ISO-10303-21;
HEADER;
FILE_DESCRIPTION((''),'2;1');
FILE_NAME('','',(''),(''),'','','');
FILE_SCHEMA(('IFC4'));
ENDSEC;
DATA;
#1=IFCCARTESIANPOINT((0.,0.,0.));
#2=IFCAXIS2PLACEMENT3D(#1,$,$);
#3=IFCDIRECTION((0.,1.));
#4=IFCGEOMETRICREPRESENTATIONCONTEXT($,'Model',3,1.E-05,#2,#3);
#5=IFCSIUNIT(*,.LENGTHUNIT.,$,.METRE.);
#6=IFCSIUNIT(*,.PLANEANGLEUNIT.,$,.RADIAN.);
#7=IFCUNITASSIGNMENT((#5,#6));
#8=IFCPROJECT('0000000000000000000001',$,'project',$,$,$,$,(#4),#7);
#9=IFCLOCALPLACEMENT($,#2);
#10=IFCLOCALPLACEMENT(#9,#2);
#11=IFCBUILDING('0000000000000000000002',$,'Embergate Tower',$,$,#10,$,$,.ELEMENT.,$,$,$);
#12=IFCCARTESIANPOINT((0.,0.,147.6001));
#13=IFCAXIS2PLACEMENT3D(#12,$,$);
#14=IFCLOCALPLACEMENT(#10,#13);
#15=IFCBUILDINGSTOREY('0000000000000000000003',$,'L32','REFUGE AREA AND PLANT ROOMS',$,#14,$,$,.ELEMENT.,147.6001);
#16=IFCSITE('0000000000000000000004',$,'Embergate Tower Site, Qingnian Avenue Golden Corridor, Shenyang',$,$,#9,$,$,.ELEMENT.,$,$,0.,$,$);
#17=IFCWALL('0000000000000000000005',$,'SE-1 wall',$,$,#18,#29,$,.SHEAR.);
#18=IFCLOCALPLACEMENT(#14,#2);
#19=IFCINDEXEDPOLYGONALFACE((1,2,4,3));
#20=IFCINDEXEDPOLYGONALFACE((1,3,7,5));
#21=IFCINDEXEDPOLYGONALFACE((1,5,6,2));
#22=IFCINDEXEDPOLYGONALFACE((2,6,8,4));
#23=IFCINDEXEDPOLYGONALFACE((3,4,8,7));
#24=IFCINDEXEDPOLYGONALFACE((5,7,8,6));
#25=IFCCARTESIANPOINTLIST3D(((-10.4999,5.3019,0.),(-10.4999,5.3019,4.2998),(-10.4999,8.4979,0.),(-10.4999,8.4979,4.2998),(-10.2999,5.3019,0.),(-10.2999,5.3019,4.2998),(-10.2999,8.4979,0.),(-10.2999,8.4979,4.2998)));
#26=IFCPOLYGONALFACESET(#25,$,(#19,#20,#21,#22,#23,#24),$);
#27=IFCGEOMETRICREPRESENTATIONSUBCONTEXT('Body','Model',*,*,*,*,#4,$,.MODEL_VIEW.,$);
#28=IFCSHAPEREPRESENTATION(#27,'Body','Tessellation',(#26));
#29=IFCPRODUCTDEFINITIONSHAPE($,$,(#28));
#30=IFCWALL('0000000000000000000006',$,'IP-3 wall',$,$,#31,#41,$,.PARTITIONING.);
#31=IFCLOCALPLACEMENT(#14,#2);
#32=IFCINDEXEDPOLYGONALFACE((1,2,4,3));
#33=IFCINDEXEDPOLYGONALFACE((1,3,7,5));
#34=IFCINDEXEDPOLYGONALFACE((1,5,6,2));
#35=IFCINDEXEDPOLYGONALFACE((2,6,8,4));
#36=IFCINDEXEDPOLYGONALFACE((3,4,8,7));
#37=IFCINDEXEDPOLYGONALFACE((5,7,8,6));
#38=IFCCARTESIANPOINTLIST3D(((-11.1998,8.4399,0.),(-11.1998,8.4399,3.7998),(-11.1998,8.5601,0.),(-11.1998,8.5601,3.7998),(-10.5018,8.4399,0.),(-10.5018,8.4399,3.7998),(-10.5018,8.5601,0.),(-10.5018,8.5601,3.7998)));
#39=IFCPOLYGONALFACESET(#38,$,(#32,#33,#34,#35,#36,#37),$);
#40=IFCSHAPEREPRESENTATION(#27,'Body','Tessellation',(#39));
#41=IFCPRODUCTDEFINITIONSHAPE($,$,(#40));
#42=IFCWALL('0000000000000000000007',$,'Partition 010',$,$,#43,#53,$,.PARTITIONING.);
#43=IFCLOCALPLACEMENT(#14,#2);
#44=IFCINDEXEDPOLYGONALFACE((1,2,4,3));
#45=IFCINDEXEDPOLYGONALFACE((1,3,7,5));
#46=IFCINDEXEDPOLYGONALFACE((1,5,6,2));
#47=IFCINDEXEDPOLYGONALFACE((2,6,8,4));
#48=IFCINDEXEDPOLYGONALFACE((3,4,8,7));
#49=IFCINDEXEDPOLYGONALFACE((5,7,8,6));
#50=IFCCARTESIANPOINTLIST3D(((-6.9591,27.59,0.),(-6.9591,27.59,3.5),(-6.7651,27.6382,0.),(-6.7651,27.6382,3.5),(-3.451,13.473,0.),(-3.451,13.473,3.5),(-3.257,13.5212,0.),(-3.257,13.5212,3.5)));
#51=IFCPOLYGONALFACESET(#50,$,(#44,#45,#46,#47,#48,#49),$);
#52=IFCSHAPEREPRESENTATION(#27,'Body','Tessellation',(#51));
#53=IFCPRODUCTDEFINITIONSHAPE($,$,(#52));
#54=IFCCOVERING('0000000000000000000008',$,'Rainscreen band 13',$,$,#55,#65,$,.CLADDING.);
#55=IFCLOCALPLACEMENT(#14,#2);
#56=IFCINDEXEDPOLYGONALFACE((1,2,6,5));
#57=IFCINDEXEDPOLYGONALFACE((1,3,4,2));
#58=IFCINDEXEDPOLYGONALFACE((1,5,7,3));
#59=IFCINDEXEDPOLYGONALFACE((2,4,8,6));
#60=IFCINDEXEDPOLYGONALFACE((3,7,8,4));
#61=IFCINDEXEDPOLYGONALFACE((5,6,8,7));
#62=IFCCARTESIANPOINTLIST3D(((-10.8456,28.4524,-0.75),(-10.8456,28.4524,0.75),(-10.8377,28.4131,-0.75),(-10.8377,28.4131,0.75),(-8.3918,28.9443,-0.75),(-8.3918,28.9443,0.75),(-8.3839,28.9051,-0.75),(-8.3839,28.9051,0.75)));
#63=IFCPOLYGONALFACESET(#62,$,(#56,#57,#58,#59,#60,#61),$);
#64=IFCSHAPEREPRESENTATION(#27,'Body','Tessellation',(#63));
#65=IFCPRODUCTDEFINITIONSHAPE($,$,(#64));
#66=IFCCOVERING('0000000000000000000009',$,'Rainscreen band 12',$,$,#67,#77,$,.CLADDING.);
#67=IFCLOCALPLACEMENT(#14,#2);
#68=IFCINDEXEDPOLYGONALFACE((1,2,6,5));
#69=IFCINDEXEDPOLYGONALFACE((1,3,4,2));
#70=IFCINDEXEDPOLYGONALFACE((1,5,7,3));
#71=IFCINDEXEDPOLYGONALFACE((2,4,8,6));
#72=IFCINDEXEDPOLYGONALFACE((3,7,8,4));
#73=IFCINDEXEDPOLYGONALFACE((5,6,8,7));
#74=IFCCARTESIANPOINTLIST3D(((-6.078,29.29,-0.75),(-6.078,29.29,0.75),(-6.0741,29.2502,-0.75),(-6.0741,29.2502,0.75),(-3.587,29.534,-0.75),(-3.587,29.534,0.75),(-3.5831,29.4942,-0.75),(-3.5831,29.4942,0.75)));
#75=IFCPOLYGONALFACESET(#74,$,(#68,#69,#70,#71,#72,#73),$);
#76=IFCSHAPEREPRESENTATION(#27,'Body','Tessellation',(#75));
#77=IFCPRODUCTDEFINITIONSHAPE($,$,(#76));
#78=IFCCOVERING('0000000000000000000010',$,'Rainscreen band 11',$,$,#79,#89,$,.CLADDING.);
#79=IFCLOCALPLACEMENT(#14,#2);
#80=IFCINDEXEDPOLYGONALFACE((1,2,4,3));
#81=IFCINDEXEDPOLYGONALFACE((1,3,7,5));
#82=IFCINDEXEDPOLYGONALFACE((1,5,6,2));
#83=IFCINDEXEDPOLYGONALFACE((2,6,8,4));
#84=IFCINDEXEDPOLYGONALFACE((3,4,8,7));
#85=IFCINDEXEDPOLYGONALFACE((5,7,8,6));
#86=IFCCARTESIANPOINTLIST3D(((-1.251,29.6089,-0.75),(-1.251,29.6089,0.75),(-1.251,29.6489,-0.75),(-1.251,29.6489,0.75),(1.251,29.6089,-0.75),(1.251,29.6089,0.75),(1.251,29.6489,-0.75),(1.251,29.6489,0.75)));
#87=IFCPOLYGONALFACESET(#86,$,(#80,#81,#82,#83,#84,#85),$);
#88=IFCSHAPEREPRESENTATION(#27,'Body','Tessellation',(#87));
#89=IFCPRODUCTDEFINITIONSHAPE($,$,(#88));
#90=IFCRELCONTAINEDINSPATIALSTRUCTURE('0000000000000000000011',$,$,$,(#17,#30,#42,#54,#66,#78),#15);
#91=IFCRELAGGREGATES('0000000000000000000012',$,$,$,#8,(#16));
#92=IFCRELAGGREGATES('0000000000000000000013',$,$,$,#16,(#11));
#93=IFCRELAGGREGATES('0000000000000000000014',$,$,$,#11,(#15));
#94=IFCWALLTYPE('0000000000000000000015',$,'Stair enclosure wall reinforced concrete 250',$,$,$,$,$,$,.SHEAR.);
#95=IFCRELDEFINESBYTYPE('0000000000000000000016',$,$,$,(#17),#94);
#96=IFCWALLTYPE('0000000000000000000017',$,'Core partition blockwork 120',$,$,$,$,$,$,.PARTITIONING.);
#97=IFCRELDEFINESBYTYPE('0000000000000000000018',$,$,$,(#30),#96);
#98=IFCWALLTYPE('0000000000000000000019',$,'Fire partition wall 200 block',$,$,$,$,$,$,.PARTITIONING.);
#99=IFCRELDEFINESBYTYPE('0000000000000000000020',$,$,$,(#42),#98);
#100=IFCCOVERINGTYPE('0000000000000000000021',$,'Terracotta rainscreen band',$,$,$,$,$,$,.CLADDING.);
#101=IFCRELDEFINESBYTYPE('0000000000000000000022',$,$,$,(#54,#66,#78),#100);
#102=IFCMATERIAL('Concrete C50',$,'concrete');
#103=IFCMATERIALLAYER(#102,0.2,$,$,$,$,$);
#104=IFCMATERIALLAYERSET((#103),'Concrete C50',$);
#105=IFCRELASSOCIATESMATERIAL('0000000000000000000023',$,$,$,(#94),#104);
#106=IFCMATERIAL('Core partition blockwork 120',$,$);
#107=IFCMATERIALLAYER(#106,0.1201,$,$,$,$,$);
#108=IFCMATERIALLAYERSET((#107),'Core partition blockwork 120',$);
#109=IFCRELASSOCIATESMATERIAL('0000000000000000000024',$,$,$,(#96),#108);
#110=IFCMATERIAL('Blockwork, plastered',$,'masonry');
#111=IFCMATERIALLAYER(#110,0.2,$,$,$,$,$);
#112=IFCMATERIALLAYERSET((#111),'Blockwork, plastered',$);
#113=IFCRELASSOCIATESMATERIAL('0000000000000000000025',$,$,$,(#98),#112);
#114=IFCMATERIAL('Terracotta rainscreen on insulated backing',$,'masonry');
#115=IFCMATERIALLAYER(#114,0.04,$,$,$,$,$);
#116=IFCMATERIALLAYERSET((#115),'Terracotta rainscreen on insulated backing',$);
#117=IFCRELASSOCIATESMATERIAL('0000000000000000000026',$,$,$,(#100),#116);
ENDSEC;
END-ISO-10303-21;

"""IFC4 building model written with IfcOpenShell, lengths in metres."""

from ifc_helpers import new_model, si_unit, direction, frame, frame_2d, origin, origin_2d, place, context, subcontext, project, spatial, rectangle, extrude, source, transform, mapped, material, layer, layer_set, type_object, element, save


model = new_model("IFC4")

# Units and contexts
model_context = context("Model", 3, precision=1e-05, world=origin(), true_north=direction((0.0, 1.0)))
body_context = subcontext(model_context, "Body", "Model", "MODEL_VIEW")
ifc_project = project(units=[si_unit("LENGTHUNIT", "METRE"), si_unit("PLANEANGLEUNIT", "RADIAN")], contexts=[model_context])

# Site, building, storey
site_placement = place(None, origin())
site = spatial("IfcSite", under=ifc_project, at=site_placement, Name="Embergate Tower Site, Qingnian Avenue Golden Corridor, Shenyang", CompositionType="ELEMENT", RefElevation=0.0)
building_placement = place(site_placement, origin())
building = spatial("IfcBuilding", under=site, at=building_placement, Name="Embergate Tower", CompositionType="ELEMENT")
storey_placement = place(building_placement, frame((0.0, 0.0, 147.6001)))
storey = spatial("IfcBuildingStorey", under=building, at=storey_placement, Name="L32", Description="REFUGE AREA AND PLANT ROOMS", CompositionType="ELEMENT", Elevation=147.6001)

# Walls
ifc_material_1 = material(Name="Concrete C50", Category="concrete")
ifc_layer_1 = layer(ifc_material_1, 0.2)
ifc_layer_set_1 = layer_set([ifc_layer_1], Name="Concrete C50")
wall_type_1 = type_object("IfcWallType", Name="Stair enclosure wall reinforced concrete 250", PredefinedType="SHEAR", material=ifc_layer_set_1)
shared_shape_1 = source(origin(), body_context, "Body", "SweptSolid", [
    extrude(rectangle(XDim=3.196, YDim=0.2, at=frame_2d((1.5981, 0.0))), origin(), (0.0, 0.0, 1.0), 4.2998),
])
wall_1_placement = place(storey_placement, frame((-10.3999, 8.498, 0.0), z_axis=(0.0, 0.0, 1.0), x_axis=(0.0, -1.0, 0.0)))
element("IfcWall", 1, at=wall_1_placement, inside=storey, type_object=wall_type_1, Name="SE-1 wall", PredefinedType="SHEAR", context=body_context, shape_type="MappedRepresentation", body=[
    mapped(shared_shape_1, transform((0.0, 0.0, 0.0))),
])
ifc_material_2 = material(Name="Core partition blockwork 120")
ifc_layer_2 = layer(ifc_material_2, 0.1201)
ifc_layer_set_2 = layer_set([ifc_layer_2], Name="Core partition blockwork 120")
wall_type_2 = type_object("IfcWallType", Name="Core partition blockwork 120", PredefinedType="PARTITIONING", material=ifc_layer_set_2)
shared_shape_2 = source(origin(), body_context, "Body", "SweptSolid", [
    extrude(rectangle(XDim=0.698, YDim=0.1201, at=frame_2d((0.3491, 0.0))), origin(), (0.0, 0.0, 1.0), 3.7998),
])
wall_2_placement = place(storey_placement, frame((-11.2, 8.5, 0.0), z_axis=(0.0, 0.0, 1.0), x_axis=(1.0, 0.0, 0.0)))
element("IfcWall", 2, at=wall_2_placement, inside=storey, type_object=wall_type_2, Name="IP-3 wall", PredefinedType="PARTITIONING", context=body_context, shape_type="MappedRepresentation", body=[
    mapped(shared_shape_2, transform((0.0, 0.0, 0.0))),
])
ifc_material_3 = material(Name="Blockwork, plastered", Category="masonry")
ifc_layer_3 = layer(ifc_material_3, 0.2)
ifc_layer_set_3 = layer_set([ifc_layer_3], Name="Blockwork, plastered")
wall_type_3 = type_object("IfcWallType", Name="Fire partition wall 200 block", PredefinedType="PARTITIONING", material=ifc_layer_set_3)
shared_shape_3 = source(origin(), body_context, "Body", "SweptSolid", [
    extrude(rectangle(XDim=14.5464, YDim=0.2, at=frame_2d((7.2732, 0.0))), origin(), (0.0, 0.0, 1.0), 3.5),
])
wall_3_placement = place(storey_placement, frame((-3.354, 13.4971, 0.0), z_axis=(0.0, 0.0, 1.0), x_axis=(-0.241165, 0.970484, 0.0)))
element("IfcWall", 3, at=wall_3_placement, inside=storey, type_object=wall_type_3, Name="Partition 010", PredefinedType="PARTITIONING", context=body_context, shape_type="MappedRepresentation", body=[
    mapped(shared_shape_3, transform((0.0, 0.0, 0.0))),
])

# Coverings
ifc_material_4 = material(Name="Terracotta rainscreen on insulated backing", Category="masonry")
ifc_layer_4 = layer(ifc_material_4, 0.04)
ifc_layer_set_4 = layer_set([ifc_layer_4], Name="Terracotta rainscreen on insulated backing")
covering_type = type_object("IfcCoveringType", Name="Terracotta rainscreen band", PredefinedType="CLADDING", material=ifc_layer_set_4)
shared_shape_4 = source(origin(), body_context, "Body", "SweptSolid", [
    extrude(rectangle(XDim=2.5027, YDim=0.04, at=origin_2d()), origin(), (0.0, 0.0, 1.0), 1.5),
])
covering_1_placement = place(storey_placement, frame((-9.6147, 28.6787, -0.75), z_axis=(0.0, 0.0, 1.0), x_axis=(-0.980488, -0.196578, 0.0)))
element("IfcCovering", 4, at=covering_1_placement, inside=storey, type_object=covering_type, Name="Rainscreen band 13", PredefinedType="CLADDING", context=body_context, shape_type="MappedRepresentation", body=[
    mapped(shared_shape_4, transform((0.0, 0.0, 0.0))),
])
shared_shape_5 = source(origin(), body_context, "Body", "SweptSolid", [
    extrude(rectangle(XDim=2.5029, YDim=0.04, at=origin_2d()), origin(), (0.0, 0.0, 1.0), 1.5),
])
covering_2_placement = place(storey_placement, frame((-4.8306, 29.3921, -0.75), z_axis=(0.0, 0.0, 1.0), x_axis=(-0.995237, -0.097486, 0.0)))
element("IfcCovering", 5, at=covering_2_placement, inside=storey, type_object=covering_type, Name="Rainscreen band 12", PredefinedType="CLADDING", context=body_context, shape_type="MappedRepresentation", body=[
    mapped(shared_shape_5, transform((0.0, 0.0, 0.0))),
])
shared_shape_6 = source(origin(), body_context, "Body", "SweptSolid", [
    extrude(rectangle(XDim=2.502, YDim=0.04, at=origin_2d()), origin(), (0.0, 0.0, 1.0), 1.5),
])
covering_3_placement = place(storey_placement, frame((0.0, 29.6289, -0.75), z_axis=(0.0, 0.0, 1.0), x_axis=(-1.0, 0.0, 0.0)))
element("IfcCovering", 6, at=covering_3_placement, inside=storey, type_object=covering_type, Name="Rainscreen band 11", PredefinedType="CLADDING", context=body_context, shape_type="MappedRepresentation", body=[
    mapped(shared_shape_6, transform((0.0, 0.0, 0.0))),
])

save(model, "model.ifc")
